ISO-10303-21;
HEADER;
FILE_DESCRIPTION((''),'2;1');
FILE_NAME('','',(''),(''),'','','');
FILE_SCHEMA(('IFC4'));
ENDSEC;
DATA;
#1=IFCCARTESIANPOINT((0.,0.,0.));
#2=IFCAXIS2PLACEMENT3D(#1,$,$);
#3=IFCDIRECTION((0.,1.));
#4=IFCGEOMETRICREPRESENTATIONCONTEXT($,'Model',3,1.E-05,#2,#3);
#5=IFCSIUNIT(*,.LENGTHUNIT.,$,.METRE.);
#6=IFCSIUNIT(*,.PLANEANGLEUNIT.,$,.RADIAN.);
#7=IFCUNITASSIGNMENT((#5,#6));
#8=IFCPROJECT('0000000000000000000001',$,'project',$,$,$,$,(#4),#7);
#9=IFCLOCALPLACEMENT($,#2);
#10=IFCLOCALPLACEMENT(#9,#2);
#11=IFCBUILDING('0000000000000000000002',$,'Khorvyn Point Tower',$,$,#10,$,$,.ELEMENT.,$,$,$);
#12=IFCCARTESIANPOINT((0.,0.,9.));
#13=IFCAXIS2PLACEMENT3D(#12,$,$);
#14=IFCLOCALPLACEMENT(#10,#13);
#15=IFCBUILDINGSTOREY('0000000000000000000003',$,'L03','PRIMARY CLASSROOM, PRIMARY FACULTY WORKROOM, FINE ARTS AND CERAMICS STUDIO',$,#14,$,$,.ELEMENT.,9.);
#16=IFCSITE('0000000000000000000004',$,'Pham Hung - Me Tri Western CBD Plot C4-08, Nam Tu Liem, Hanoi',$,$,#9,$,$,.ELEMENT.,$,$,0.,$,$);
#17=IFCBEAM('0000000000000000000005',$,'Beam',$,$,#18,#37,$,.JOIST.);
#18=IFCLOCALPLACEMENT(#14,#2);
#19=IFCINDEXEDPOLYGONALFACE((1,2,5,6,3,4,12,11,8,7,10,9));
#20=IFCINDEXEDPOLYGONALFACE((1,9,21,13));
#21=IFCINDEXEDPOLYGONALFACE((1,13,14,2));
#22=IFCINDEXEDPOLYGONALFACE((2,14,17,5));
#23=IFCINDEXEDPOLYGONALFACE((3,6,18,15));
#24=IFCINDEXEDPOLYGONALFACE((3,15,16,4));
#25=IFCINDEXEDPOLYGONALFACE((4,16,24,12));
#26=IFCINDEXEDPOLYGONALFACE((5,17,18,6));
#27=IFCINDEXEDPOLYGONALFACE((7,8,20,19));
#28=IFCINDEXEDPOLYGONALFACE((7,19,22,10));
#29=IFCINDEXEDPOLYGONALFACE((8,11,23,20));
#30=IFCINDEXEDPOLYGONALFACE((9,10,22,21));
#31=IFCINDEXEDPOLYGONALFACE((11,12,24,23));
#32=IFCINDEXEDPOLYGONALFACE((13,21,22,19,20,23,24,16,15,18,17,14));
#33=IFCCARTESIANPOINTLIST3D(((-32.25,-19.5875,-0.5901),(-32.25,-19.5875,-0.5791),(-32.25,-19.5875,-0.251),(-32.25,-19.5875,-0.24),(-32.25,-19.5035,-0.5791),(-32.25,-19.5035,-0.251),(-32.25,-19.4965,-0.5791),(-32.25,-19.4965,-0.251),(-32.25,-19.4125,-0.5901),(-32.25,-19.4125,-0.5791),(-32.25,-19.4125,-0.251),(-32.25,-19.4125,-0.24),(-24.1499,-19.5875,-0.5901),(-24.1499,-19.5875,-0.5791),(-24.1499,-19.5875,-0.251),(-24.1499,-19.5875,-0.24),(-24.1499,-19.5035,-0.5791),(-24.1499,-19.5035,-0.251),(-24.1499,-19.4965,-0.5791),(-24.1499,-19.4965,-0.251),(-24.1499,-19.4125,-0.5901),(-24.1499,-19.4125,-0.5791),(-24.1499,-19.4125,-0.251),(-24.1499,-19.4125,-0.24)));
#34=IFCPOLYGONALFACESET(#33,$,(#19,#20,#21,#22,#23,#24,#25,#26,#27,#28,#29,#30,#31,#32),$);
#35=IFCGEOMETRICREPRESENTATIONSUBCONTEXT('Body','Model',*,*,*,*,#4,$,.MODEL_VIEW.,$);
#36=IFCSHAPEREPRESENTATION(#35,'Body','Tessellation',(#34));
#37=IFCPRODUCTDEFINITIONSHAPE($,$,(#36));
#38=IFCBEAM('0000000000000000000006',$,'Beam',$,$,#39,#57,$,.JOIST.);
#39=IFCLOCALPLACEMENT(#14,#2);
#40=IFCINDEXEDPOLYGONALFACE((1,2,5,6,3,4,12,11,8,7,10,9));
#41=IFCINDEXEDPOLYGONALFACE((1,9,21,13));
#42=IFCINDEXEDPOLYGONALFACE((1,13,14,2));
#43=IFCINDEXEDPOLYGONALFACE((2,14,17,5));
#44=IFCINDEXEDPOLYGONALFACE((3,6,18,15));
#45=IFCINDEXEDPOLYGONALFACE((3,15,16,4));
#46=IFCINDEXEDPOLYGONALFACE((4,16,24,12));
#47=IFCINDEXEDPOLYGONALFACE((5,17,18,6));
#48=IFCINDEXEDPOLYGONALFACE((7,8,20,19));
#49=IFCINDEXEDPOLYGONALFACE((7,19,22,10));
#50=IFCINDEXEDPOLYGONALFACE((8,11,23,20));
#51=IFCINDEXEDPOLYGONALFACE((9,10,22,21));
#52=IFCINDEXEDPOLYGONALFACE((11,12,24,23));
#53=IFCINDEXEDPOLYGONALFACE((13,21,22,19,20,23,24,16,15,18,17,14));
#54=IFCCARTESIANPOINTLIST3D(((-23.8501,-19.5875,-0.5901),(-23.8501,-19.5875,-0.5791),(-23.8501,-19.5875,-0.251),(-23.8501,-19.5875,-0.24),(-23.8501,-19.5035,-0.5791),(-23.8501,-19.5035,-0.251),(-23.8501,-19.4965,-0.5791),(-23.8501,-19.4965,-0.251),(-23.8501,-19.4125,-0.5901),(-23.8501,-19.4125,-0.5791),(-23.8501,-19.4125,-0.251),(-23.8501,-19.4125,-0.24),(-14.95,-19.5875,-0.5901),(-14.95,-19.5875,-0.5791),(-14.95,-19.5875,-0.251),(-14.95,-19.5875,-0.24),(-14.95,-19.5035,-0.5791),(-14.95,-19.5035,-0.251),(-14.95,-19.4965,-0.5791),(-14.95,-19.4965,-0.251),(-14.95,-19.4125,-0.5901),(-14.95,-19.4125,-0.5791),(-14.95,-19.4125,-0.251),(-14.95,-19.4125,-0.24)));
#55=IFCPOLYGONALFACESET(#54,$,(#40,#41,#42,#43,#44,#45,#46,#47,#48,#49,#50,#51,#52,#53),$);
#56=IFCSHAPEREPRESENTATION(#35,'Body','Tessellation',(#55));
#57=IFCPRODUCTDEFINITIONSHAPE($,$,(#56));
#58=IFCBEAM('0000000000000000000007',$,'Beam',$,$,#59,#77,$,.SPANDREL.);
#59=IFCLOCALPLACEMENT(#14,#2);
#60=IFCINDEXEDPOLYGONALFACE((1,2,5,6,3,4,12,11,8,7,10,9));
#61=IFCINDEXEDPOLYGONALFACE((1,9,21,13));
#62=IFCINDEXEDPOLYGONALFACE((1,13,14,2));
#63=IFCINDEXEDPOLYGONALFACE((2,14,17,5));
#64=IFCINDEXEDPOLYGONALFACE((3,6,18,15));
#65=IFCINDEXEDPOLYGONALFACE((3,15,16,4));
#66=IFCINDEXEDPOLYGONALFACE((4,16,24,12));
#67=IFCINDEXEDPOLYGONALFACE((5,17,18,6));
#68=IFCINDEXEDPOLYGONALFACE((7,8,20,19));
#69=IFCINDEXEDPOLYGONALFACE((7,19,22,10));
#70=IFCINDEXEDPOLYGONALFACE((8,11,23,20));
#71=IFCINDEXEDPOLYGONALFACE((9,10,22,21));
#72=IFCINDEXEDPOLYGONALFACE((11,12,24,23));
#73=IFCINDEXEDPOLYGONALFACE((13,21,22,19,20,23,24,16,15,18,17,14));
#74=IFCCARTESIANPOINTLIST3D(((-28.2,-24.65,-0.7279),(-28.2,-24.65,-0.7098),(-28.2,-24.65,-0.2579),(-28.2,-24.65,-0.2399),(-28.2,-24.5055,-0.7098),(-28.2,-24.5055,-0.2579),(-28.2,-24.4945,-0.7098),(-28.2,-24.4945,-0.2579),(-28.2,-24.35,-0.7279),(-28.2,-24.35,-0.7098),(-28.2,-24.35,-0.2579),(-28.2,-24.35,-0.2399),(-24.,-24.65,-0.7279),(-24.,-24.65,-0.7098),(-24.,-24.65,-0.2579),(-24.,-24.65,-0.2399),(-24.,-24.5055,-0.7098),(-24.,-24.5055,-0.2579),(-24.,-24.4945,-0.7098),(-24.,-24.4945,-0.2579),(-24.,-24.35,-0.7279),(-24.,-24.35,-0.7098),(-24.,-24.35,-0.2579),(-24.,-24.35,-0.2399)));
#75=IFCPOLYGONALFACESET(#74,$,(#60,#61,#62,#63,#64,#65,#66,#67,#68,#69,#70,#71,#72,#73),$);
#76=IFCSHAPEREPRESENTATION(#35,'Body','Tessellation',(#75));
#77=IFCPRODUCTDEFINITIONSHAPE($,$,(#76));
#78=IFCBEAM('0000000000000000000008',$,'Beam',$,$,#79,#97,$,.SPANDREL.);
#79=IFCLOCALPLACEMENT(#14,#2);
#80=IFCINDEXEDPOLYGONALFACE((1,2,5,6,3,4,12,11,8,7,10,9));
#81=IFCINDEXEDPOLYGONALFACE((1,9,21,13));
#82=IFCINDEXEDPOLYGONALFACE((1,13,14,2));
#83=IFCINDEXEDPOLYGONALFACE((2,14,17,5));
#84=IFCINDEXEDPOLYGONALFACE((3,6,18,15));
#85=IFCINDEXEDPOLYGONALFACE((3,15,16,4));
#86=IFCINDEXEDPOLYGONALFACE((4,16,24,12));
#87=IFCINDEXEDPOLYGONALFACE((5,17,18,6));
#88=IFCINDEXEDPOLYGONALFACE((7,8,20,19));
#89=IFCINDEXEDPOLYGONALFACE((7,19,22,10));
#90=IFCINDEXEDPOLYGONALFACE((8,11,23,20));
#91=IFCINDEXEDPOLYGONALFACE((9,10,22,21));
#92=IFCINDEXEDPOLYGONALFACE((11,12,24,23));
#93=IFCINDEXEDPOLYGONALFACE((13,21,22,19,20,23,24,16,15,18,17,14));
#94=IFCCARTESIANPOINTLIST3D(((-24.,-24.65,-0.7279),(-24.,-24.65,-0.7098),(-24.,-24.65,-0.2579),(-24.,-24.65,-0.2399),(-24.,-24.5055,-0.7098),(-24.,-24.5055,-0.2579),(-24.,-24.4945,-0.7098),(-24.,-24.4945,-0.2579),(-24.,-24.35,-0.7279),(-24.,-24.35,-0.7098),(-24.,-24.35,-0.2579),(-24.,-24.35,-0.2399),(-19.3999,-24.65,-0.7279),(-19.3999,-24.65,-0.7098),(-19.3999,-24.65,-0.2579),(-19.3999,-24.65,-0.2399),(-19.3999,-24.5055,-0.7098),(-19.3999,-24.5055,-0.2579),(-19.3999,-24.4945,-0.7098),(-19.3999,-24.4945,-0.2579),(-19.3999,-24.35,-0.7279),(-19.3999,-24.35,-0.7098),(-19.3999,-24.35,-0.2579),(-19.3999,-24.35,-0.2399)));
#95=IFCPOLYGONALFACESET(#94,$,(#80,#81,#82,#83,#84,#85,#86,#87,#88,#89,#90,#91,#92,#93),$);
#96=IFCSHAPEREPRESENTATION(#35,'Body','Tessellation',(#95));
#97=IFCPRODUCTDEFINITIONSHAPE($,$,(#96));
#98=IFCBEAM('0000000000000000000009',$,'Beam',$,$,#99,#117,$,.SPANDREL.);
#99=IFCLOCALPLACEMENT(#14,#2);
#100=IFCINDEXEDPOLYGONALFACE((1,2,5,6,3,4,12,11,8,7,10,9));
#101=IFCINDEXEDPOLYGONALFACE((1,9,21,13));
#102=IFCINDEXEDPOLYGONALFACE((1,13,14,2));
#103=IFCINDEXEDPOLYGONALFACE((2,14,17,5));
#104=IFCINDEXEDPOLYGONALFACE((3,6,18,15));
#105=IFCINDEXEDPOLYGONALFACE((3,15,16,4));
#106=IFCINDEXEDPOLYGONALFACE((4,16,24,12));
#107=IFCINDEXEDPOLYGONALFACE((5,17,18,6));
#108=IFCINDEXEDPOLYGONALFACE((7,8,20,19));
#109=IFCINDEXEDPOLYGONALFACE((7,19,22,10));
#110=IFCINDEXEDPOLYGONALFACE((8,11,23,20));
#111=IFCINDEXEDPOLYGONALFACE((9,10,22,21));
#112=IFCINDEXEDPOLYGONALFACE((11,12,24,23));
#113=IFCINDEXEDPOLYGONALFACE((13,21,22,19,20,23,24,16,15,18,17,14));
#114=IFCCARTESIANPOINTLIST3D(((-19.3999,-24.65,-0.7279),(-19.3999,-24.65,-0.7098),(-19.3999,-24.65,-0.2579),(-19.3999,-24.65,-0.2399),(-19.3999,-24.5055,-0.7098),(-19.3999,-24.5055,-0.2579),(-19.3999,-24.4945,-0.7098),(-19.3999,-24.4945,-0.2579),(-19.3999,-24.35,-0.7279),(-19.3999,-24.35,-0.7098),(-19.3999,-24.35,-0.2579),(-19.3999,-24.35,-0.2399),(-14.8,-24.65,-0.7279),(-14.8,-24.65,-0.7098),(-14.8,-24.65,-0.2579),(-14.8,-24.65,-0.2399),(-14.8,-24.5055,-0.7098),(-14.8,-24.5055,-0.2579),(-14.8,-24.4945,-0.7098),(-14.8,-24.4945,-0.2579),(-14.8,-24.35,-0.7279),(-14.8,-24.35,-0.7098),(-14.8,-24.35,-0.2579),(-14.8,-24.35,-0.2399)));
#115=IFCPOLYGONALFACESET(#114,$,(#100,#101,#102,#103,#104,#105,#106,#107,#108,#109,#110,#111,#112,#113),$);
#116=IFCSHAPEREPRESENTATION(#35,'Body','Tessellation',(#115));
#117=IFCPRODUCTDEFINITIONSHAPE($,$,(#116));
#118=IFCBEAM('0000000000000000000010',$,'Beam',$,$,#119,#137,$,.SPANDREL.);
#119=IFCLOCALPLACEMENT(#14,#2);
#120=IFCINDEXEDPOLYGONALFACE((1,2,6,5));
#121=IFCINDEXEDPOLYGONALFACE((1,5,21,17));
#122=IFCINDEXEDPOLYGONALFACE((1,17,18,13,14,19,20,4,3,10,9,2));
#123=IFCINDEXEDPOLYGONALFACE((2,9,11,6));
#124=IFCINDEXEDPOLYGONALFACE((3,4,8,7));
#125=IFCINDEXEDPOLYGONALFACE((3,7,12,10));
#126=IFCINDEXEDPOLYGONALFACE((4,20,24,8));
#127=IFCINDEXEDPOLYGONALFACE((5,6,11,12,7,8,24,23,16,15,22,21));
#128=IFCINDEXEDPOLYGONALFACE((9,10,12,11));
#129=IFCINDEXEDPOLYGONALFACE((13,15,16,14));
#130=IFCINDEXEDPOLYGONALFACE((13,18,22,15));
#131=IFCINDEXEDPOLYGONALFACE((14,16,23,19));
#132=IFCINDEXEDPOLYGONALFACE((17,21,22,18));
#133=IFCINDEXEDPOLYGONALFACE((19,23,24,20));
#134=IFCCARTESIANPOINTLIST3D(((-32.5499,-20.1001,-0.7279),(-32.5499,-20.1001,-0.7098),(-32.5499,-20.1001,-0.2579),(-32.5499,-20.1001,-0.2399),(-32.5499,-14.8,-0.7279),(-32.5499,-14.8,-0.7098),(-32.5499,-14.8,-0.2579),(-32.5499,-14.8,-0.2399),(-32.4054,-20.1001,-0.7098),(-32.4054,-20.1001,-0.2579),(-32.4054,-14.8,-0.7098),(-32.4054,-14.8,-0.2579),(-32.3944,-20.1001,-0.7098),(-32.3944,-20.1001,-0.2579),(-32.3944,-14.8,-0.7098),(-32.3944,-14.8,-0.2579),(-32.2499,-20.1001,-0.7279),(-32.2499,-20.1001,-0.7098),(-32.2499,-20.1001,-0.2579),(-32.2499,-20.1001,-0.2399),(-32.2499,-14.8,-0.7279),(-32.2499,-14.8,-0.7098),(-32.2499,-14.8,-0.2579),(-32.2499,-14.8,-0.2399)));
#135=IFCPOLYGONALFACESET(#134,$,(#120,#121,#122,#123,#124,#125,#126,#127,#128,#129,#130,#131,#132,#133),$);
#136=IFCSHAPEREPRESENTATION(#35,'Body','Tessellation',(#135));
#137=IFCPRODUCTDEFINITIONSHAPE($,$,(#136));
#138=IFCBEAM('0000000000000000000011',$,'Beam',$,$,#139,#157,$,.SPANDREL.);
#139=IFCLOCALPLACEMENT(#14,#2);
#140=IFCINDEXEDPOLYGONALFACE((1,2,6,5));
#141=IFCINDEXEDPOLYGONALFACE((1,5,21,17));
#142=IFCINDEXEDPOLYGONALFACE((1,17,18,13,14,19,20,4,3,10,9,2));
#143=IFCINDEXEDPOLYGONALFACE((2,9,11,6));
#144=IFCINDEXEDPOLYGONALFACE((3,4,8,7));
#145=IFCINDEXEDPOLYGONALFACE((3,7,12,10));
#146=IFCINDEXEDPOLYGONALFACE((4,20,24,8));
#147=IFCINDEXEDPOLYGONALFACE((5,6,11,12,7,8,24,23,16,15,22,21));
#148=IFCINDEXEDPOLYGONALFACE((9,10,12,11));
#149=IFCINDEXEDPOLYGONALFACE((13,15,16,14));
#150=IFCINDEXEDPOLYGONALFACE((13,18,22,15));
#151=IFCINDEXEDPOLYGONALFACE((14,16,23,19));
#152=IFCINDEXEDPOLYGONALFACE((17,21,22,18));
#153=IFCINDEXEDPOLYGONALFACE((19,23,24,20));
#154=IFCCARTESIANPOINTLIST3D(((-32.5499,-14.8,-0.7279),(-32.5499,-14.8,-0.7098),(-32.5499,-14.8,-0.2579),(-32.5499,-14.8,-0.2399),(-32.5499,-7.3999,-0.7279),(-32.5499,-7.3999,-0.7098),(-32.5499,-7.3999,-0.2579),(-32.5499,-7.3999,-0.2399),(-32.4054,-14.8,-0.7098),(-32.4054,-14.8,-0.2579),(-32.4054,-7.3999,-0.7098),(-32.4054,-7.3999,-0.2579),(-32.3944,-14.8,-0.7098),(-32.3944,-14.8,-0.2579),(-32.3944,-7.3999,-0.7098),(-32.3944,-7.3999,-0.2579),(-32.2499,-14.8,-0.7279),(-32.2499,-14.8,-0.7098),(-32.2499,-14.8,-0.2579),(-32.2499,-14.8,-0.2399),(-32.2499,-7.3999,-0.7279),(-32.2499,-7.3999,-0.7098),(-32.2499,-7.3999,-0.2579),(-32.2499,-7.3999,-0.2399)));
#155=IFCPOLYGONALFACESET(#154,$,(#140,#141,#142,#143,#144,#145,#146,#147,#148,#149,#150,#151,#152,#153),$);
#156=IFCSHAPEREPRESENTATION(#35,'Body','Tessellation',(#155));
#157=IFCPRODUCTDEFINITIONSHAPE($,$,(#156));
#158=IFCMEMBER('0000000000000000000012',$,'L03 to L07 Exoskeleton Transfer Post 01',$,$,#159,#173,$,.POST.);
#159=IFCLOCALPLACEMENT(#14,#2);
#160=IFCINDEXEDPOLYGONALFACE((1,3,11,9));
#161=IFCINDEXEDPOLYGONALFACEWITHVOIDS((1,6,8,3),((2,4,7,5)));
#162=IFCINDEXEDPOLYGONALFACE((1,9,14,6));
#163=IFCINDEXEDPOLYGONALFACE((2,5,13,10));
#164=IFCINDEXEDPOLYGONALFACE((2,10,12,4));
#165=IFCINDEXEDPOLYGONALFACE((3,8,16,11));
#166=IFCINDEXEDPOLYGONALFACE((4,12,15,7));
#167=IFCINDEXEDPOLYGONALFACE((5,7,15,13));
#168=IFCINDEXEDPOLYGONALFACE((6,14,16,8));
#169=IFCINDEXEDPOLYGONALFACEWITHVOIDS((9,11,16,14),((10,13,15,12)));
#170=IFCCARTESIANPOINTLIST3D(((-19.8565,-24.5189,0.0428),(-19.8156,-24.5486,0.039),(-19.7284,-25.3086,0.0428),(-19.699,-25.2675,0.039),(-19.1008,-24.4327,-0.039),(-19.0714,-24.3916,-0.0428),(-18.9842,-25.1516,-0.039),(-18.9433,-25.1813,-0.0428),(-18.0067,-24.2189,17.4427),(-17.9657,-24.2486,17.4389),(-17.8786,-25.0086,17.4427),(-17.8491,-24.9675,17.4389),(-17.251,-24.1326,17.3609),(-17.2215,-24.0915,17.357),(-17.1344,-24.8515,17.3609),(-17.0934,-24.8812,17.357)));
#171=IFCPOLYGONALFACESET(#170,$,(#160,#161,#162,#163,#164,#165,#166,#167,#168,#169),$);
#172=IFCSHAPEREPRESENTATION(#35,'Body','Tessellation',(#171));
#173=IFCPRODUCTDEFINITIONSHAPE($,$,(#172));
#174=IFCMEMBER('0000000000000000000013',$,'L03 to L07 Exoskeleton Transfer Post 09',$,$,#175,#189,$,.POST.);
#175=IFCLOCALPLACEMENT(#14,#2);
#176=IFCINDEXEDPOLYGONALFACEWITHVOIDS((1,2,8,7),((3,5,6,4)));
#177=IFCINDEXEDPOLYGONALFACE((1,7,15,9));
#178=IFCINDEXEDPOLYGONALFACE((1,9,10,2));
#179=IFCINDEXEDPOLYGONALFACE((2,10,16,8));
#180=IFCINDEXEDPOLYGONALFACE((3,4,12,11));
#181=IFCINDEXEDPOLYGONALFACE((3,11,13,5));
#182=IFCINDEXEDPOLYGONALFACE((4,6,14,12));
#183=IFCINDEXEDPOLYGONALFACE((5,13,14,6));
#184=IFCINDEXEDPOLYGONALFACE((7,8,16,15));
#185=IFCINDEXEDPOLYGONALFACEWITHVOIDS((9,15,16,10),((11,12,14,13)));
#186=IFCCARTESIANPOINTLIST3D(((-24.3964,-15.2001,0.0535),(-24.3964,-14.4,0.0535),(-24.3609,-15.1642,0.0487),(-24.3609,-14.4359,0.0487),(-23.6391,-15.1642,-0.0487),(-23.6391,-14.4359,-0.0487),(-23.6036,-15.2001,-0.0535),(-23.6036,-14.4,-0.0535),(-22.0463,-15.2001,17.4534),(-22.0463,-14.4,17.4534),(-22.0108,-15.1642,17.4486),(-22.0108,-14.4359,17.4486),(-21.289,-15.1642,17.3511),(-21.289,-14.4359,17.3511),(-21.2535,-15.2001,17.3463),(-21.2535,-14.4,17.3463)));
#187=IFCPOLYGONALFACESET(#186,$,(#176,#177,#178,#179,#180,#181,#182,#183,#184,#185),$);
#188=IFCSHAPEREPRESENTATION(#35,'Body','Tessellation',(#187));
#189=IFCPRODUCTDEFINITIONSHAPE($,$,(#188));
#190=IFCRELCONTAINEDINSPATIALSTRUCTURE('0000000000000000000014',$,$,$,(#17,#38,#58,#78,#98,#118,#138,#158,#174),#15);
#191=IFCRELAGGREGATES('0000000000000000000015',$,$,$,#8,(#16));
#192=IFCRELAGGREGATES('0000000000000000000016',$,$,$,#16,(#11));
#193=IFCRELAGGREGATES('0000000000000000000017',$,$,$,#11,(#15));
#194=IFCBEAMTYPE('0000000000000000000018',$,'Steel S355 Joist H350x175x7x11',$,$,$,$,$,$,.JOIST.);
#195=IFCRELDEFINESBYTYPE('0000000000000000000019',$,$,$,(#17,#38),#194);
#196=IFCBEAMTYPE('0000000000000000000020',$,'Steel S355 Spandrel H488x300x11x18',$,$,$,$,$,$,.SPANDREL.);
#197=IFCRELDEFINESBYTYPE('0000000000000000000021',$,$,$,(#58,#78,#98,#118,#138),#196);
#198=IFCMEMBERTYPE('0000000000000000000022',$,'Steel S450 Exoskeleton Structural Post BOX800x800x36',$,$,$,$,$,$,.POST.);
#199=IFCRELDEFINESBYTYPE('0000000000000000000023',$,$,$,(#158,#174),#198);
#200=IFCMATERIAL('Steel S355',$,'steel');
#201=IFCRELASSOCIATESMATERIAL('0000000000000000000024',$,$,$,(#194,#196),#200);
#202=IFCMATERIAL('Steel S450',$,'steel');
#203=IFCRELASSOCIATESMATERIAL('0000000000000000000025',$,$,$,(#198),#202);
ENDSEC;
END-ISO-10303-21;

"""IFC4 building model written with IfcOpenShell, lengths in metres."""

from ifc_helpers import new_model, si_unit, direction, frame, origin, origin_2d, place, context, subcontext, project, spatial, hollow_rectangle, i_section, extrude, material, material_profile, profile_set, type_object, element, save


model = new_model("IFC4")

# Units and contexts
model_context = context("Model", 3, precision=1e-05, world=origin(), true_north=direction((0.0, 1.0)))
body_context = subcontext(model_context, "Body", "Model", "MODEL_VIEW")
ifc_project = project(units=[si_unit("LENGTHUNIT", "METRE"), si_unit("PLANEANGLEUNIT", "RADIAN")], contexts=[model_context])

# Site, building, storey
site_placement = place(None, origin())
site = spatial("IfcSite", under=ifc_project, at=site_placement, Name="Pham Hung - Me Tri Western CBD Plot C4-08, Nam Tu Liem, Hanoi", CompositionType="ELEMENT", RefElevation=0.0)
building_placement = place(site_placement, origin())
building = spatial("IfcBuilding", under=site, at=building_placement, Name="Khorvyn Point Tower", CompositionType="ELEMENT")
storey_placement = place(building_placement, frame((0.0, 0.0, 9.0)))
storey = spatial("IfcBuildingStorey", under=building, at=storey_placement, Name="L03", Description="PRIMARY CLASSROOM, PRIMARY FACULTY WORKROOM, FINE ARTS AND CERAMICS STUDIO", CompositionType="ELEMENT", Elevation=9.0)

# Beams
ifc_material_1 = material(Name="Steel S355", Category="steel")
ifc_material_profile_1 = material_profile(ifc_material_1, i_section(OverallWidth=0.175, OverallDepth=0.3501, WebThickness=0.0071, FlangeThickness=0.011, at=origin_2d()))
ifc_profile_set_1 = profile_set([ifc_material_profile_1], Name="Steel S355 H350x175x7x11")
beam_type_1 = type_object("IfcBeamType", Name="Steel S355 Joist H350x175x7x11", PredefinedType="JOIST", material=ifc_profile_set_1)
beam_1_placement = place(storey_placement, frame((-32.25, -19.5, -0.415), z_axis=(1.0, 0.0, 0.0), x_axis=(0.0, 1.0, 0.0)))
element("IfcBeam", 1, at=beam_1_placement, inside=storey, type_object=beam_type_1, Name="Beam", PredefinedType="JOIST", context=body_context, shape_type="SweptSolid", body=[
    extrude(i_section(OverallWidth=0.175, OverallDepth=0.3501, WebThickness=0.0071, FlangeThickness=0.011, at=origin_2d()), origin(), (0.0, 0.0, 1.0), 8.1001),
])
beam_2_placement = place(storey_placement, frame((-23.8501, -19.5, -0.415), z_axis=(1.0, 0.0, 0.0), x_axis=(0.0, 1.0, 0.0)))
element("IfcBeam", 2, at=beam_2_placement, inside=storey, type_object=beam_type_1, Name="Beam", PredefinedType="JOIST", context=body_context, shape_type="SweptSolid", body=[
    extrude(i_section(OverallWidth=0.175, OverallDepth=0.3501, WebThickness=0.0071, FlangeThickness=0.011, at=origin_2d()), origin(), (0.0, 0.0, 1.0), 8.9001),
])
ifc_material_profile_2 = material_profile(ifc_material_1, i_section(OverallWidth=0.3, OverallDepth=0.488, WebThickness=0.011, FlangeThickness=0.0181, at=origin_2d()))
ifc_profile_set_2 = profile_set([ifc_material_profile_2], Name="Steel S355 H488x300x11x18")
beam_type_2 = type_object("IfcBeamType", Name="Steel S355 Spandrel H488x300x11x18", PredefinedType="SPANDREL", material=ifc_profile_set_2)
beam_3_placement = place(storey_placement, frame((-28.2, -24.5, -0.4839), z_axis=(1.0, 0.0, 0.0), x_axis=(0.0, 1.0, 0.0)))
element("IfcBeam", 3, at=beam_3_placement, inside=storey, type_object=beam_type_2, Name="Beam", PredefinedType="SPANDREL", context=body_context, shape_type="SweptSolid", body=[
    extrude(i_section(OverallWidth=0.3, OverallDepth=0.488, WebThickness=0.011, FlangeThickness=0.0181, at=origin_2d()), origin(), (0.0, 0.0, 1.0), 4.2),
])
beam_4_placement = place(storey_placement, frame((-24.0, -24.5, -0.4839), z_axis=(1.0, 0.0, 0.0), x_axis=(0.0, 1.0, 0.0)))
element("IfcBeam", 4, at=beam_4_placement, inside=storey, type_object=beam_type_2, Name="Beam", PredefinedType="SPANDREL", context=body_context, shape_type="SweptSolid", body=[
    extrude(i_section(OverallWidth=0.3, OverallDepth=0.488, WebThickness=0.011, FlangeThickness=0.0181, at=origin_2d()), origin(), (0.0, 0.0, 1.0), 4.6001),
])
beam_5_placement = place(storey_placement, frame((-19.3999, -24.5, -0.4839), z_axis=(1.0, 0.0, 0.0), x_axis=(0.0, 1.0, 0.0)))
element("IfcBeam", 5, at=beam_5_placement, inside=storey, type_object=beam_type_2, Name="Beam", PredefinedType="SPANDREL", context=body_context, shape_type="SweptSolid", body=[
    extrude(i_section(OverallWidth=0.3, OverallDepth=0.488, WebThickness=0.011, FlangeThickness=0.0181, at=origin_2d()), origin(), (0.0, 0.0, 1.0), 4.5999),
])
beam_6_placement = place(storey_placement, frame((-32.3999, -20.1001, -0.4839), z_axis=(0.0, 1.0, 0.0), x_axis=(-1.0, 0.0, 0.0)))
element("IfcBeam", 6, at=beam_6_placement, inside=storey, type_object=beam_type_2, Name="Beam", PredefinedType="SPANDREL", context=body_context, shape_type="SweptSolid", body=[
    extrude(i_section(OverallWidth=0.3, OverallDepth=0.488, WebThickness=0.011, FlangeThickness=0.0181, at=origin_2d()), origin(), (0.0, 0.0, 1.0), 5.3),
])
beam_7_placement = place(storey_placement, frame((-32.3999, -14.8, -0.4839), z_axis=(0.0, 1.0, 0.0), x_axis=(-1.0, 0.0, 0.0)))
element("IfcBeam", 7, at=beam_7_placement, inside=storey, type_object=beam_type_2, Name="Beam", PredefinedType="SPANDREL", context=body_context, shape_type="SweptSolid", body=[
    extrude(i_section(OverallWidth=0.3, OverallDepth=0.488, WebThickness=0.011, FlangeThickness=0.0181, at=origin_2d()), origin(), (0.0, 0.0, 1.0), 7.4001),
])

# Members
ifc_material_2 = material(Name="Steel S450", Category="steel")
ifc_material_profile_3 = material_profile(ifc_material_2, hollow_rectangle(XDim=0.8, YDim=0.8, WallThickness=0.0359, at=origin_2d()))
ifc_profile_set_3 = profile_set([ifc_material_profile_3], Name="Steel S450 BOX800x800x36")
member_type = type_object("IfcMemberType", Name="Steel S450 Exoskeleton Structural Post BOX800x800x36", PredefinedType="POST", material=ifc_profile_set_3)
member_1_placement = place(storey_placement, frame((-19.3999, -24.8501, 0.0), z_axis=(0.105703, 0.017145, 0.99425), x_axis=(-0.160109, 0.987099, 0.0)))
element("IfcMember", 8, at=member_1_placement, inside=storey, type_object=member_type, Name="L03 to L07 Exoskeleton Transfer Post 01", PredefinedType="POST", context=body_context, shape_type="SweptSolid", body=[
    extrude(hollow_rectangle(XDim=0.8, YDim=0.8, WallThickness=0.0359, at=origin_2d()), origin(), (0.0, 0.0, 1.0), 17.5005),
])
member_2_placement = place(storey_placement, frame((-24.0, -14.8, 0.0), z_axis=(0.133849, 0.0, 0.991002), x_axis=(0.0, 1.0, 0.0)))
element("IfcMember", 9, at=member_2_placement, inside=storey, type_object=member_type, Name="L03 to L07 Exoskeleton Transfer Post 09", PredefinedType="POST", context=body_context, shape_type="SweptSolid", body=[
    extrude(hollow_rectangle(XDim=0.8, YDim=0.8, WallThickness=0.0359, at=origin_2d()), origin(), (0.0, 0.0, 1.0), 17.5579),
])

save(model, "model.ifc")
